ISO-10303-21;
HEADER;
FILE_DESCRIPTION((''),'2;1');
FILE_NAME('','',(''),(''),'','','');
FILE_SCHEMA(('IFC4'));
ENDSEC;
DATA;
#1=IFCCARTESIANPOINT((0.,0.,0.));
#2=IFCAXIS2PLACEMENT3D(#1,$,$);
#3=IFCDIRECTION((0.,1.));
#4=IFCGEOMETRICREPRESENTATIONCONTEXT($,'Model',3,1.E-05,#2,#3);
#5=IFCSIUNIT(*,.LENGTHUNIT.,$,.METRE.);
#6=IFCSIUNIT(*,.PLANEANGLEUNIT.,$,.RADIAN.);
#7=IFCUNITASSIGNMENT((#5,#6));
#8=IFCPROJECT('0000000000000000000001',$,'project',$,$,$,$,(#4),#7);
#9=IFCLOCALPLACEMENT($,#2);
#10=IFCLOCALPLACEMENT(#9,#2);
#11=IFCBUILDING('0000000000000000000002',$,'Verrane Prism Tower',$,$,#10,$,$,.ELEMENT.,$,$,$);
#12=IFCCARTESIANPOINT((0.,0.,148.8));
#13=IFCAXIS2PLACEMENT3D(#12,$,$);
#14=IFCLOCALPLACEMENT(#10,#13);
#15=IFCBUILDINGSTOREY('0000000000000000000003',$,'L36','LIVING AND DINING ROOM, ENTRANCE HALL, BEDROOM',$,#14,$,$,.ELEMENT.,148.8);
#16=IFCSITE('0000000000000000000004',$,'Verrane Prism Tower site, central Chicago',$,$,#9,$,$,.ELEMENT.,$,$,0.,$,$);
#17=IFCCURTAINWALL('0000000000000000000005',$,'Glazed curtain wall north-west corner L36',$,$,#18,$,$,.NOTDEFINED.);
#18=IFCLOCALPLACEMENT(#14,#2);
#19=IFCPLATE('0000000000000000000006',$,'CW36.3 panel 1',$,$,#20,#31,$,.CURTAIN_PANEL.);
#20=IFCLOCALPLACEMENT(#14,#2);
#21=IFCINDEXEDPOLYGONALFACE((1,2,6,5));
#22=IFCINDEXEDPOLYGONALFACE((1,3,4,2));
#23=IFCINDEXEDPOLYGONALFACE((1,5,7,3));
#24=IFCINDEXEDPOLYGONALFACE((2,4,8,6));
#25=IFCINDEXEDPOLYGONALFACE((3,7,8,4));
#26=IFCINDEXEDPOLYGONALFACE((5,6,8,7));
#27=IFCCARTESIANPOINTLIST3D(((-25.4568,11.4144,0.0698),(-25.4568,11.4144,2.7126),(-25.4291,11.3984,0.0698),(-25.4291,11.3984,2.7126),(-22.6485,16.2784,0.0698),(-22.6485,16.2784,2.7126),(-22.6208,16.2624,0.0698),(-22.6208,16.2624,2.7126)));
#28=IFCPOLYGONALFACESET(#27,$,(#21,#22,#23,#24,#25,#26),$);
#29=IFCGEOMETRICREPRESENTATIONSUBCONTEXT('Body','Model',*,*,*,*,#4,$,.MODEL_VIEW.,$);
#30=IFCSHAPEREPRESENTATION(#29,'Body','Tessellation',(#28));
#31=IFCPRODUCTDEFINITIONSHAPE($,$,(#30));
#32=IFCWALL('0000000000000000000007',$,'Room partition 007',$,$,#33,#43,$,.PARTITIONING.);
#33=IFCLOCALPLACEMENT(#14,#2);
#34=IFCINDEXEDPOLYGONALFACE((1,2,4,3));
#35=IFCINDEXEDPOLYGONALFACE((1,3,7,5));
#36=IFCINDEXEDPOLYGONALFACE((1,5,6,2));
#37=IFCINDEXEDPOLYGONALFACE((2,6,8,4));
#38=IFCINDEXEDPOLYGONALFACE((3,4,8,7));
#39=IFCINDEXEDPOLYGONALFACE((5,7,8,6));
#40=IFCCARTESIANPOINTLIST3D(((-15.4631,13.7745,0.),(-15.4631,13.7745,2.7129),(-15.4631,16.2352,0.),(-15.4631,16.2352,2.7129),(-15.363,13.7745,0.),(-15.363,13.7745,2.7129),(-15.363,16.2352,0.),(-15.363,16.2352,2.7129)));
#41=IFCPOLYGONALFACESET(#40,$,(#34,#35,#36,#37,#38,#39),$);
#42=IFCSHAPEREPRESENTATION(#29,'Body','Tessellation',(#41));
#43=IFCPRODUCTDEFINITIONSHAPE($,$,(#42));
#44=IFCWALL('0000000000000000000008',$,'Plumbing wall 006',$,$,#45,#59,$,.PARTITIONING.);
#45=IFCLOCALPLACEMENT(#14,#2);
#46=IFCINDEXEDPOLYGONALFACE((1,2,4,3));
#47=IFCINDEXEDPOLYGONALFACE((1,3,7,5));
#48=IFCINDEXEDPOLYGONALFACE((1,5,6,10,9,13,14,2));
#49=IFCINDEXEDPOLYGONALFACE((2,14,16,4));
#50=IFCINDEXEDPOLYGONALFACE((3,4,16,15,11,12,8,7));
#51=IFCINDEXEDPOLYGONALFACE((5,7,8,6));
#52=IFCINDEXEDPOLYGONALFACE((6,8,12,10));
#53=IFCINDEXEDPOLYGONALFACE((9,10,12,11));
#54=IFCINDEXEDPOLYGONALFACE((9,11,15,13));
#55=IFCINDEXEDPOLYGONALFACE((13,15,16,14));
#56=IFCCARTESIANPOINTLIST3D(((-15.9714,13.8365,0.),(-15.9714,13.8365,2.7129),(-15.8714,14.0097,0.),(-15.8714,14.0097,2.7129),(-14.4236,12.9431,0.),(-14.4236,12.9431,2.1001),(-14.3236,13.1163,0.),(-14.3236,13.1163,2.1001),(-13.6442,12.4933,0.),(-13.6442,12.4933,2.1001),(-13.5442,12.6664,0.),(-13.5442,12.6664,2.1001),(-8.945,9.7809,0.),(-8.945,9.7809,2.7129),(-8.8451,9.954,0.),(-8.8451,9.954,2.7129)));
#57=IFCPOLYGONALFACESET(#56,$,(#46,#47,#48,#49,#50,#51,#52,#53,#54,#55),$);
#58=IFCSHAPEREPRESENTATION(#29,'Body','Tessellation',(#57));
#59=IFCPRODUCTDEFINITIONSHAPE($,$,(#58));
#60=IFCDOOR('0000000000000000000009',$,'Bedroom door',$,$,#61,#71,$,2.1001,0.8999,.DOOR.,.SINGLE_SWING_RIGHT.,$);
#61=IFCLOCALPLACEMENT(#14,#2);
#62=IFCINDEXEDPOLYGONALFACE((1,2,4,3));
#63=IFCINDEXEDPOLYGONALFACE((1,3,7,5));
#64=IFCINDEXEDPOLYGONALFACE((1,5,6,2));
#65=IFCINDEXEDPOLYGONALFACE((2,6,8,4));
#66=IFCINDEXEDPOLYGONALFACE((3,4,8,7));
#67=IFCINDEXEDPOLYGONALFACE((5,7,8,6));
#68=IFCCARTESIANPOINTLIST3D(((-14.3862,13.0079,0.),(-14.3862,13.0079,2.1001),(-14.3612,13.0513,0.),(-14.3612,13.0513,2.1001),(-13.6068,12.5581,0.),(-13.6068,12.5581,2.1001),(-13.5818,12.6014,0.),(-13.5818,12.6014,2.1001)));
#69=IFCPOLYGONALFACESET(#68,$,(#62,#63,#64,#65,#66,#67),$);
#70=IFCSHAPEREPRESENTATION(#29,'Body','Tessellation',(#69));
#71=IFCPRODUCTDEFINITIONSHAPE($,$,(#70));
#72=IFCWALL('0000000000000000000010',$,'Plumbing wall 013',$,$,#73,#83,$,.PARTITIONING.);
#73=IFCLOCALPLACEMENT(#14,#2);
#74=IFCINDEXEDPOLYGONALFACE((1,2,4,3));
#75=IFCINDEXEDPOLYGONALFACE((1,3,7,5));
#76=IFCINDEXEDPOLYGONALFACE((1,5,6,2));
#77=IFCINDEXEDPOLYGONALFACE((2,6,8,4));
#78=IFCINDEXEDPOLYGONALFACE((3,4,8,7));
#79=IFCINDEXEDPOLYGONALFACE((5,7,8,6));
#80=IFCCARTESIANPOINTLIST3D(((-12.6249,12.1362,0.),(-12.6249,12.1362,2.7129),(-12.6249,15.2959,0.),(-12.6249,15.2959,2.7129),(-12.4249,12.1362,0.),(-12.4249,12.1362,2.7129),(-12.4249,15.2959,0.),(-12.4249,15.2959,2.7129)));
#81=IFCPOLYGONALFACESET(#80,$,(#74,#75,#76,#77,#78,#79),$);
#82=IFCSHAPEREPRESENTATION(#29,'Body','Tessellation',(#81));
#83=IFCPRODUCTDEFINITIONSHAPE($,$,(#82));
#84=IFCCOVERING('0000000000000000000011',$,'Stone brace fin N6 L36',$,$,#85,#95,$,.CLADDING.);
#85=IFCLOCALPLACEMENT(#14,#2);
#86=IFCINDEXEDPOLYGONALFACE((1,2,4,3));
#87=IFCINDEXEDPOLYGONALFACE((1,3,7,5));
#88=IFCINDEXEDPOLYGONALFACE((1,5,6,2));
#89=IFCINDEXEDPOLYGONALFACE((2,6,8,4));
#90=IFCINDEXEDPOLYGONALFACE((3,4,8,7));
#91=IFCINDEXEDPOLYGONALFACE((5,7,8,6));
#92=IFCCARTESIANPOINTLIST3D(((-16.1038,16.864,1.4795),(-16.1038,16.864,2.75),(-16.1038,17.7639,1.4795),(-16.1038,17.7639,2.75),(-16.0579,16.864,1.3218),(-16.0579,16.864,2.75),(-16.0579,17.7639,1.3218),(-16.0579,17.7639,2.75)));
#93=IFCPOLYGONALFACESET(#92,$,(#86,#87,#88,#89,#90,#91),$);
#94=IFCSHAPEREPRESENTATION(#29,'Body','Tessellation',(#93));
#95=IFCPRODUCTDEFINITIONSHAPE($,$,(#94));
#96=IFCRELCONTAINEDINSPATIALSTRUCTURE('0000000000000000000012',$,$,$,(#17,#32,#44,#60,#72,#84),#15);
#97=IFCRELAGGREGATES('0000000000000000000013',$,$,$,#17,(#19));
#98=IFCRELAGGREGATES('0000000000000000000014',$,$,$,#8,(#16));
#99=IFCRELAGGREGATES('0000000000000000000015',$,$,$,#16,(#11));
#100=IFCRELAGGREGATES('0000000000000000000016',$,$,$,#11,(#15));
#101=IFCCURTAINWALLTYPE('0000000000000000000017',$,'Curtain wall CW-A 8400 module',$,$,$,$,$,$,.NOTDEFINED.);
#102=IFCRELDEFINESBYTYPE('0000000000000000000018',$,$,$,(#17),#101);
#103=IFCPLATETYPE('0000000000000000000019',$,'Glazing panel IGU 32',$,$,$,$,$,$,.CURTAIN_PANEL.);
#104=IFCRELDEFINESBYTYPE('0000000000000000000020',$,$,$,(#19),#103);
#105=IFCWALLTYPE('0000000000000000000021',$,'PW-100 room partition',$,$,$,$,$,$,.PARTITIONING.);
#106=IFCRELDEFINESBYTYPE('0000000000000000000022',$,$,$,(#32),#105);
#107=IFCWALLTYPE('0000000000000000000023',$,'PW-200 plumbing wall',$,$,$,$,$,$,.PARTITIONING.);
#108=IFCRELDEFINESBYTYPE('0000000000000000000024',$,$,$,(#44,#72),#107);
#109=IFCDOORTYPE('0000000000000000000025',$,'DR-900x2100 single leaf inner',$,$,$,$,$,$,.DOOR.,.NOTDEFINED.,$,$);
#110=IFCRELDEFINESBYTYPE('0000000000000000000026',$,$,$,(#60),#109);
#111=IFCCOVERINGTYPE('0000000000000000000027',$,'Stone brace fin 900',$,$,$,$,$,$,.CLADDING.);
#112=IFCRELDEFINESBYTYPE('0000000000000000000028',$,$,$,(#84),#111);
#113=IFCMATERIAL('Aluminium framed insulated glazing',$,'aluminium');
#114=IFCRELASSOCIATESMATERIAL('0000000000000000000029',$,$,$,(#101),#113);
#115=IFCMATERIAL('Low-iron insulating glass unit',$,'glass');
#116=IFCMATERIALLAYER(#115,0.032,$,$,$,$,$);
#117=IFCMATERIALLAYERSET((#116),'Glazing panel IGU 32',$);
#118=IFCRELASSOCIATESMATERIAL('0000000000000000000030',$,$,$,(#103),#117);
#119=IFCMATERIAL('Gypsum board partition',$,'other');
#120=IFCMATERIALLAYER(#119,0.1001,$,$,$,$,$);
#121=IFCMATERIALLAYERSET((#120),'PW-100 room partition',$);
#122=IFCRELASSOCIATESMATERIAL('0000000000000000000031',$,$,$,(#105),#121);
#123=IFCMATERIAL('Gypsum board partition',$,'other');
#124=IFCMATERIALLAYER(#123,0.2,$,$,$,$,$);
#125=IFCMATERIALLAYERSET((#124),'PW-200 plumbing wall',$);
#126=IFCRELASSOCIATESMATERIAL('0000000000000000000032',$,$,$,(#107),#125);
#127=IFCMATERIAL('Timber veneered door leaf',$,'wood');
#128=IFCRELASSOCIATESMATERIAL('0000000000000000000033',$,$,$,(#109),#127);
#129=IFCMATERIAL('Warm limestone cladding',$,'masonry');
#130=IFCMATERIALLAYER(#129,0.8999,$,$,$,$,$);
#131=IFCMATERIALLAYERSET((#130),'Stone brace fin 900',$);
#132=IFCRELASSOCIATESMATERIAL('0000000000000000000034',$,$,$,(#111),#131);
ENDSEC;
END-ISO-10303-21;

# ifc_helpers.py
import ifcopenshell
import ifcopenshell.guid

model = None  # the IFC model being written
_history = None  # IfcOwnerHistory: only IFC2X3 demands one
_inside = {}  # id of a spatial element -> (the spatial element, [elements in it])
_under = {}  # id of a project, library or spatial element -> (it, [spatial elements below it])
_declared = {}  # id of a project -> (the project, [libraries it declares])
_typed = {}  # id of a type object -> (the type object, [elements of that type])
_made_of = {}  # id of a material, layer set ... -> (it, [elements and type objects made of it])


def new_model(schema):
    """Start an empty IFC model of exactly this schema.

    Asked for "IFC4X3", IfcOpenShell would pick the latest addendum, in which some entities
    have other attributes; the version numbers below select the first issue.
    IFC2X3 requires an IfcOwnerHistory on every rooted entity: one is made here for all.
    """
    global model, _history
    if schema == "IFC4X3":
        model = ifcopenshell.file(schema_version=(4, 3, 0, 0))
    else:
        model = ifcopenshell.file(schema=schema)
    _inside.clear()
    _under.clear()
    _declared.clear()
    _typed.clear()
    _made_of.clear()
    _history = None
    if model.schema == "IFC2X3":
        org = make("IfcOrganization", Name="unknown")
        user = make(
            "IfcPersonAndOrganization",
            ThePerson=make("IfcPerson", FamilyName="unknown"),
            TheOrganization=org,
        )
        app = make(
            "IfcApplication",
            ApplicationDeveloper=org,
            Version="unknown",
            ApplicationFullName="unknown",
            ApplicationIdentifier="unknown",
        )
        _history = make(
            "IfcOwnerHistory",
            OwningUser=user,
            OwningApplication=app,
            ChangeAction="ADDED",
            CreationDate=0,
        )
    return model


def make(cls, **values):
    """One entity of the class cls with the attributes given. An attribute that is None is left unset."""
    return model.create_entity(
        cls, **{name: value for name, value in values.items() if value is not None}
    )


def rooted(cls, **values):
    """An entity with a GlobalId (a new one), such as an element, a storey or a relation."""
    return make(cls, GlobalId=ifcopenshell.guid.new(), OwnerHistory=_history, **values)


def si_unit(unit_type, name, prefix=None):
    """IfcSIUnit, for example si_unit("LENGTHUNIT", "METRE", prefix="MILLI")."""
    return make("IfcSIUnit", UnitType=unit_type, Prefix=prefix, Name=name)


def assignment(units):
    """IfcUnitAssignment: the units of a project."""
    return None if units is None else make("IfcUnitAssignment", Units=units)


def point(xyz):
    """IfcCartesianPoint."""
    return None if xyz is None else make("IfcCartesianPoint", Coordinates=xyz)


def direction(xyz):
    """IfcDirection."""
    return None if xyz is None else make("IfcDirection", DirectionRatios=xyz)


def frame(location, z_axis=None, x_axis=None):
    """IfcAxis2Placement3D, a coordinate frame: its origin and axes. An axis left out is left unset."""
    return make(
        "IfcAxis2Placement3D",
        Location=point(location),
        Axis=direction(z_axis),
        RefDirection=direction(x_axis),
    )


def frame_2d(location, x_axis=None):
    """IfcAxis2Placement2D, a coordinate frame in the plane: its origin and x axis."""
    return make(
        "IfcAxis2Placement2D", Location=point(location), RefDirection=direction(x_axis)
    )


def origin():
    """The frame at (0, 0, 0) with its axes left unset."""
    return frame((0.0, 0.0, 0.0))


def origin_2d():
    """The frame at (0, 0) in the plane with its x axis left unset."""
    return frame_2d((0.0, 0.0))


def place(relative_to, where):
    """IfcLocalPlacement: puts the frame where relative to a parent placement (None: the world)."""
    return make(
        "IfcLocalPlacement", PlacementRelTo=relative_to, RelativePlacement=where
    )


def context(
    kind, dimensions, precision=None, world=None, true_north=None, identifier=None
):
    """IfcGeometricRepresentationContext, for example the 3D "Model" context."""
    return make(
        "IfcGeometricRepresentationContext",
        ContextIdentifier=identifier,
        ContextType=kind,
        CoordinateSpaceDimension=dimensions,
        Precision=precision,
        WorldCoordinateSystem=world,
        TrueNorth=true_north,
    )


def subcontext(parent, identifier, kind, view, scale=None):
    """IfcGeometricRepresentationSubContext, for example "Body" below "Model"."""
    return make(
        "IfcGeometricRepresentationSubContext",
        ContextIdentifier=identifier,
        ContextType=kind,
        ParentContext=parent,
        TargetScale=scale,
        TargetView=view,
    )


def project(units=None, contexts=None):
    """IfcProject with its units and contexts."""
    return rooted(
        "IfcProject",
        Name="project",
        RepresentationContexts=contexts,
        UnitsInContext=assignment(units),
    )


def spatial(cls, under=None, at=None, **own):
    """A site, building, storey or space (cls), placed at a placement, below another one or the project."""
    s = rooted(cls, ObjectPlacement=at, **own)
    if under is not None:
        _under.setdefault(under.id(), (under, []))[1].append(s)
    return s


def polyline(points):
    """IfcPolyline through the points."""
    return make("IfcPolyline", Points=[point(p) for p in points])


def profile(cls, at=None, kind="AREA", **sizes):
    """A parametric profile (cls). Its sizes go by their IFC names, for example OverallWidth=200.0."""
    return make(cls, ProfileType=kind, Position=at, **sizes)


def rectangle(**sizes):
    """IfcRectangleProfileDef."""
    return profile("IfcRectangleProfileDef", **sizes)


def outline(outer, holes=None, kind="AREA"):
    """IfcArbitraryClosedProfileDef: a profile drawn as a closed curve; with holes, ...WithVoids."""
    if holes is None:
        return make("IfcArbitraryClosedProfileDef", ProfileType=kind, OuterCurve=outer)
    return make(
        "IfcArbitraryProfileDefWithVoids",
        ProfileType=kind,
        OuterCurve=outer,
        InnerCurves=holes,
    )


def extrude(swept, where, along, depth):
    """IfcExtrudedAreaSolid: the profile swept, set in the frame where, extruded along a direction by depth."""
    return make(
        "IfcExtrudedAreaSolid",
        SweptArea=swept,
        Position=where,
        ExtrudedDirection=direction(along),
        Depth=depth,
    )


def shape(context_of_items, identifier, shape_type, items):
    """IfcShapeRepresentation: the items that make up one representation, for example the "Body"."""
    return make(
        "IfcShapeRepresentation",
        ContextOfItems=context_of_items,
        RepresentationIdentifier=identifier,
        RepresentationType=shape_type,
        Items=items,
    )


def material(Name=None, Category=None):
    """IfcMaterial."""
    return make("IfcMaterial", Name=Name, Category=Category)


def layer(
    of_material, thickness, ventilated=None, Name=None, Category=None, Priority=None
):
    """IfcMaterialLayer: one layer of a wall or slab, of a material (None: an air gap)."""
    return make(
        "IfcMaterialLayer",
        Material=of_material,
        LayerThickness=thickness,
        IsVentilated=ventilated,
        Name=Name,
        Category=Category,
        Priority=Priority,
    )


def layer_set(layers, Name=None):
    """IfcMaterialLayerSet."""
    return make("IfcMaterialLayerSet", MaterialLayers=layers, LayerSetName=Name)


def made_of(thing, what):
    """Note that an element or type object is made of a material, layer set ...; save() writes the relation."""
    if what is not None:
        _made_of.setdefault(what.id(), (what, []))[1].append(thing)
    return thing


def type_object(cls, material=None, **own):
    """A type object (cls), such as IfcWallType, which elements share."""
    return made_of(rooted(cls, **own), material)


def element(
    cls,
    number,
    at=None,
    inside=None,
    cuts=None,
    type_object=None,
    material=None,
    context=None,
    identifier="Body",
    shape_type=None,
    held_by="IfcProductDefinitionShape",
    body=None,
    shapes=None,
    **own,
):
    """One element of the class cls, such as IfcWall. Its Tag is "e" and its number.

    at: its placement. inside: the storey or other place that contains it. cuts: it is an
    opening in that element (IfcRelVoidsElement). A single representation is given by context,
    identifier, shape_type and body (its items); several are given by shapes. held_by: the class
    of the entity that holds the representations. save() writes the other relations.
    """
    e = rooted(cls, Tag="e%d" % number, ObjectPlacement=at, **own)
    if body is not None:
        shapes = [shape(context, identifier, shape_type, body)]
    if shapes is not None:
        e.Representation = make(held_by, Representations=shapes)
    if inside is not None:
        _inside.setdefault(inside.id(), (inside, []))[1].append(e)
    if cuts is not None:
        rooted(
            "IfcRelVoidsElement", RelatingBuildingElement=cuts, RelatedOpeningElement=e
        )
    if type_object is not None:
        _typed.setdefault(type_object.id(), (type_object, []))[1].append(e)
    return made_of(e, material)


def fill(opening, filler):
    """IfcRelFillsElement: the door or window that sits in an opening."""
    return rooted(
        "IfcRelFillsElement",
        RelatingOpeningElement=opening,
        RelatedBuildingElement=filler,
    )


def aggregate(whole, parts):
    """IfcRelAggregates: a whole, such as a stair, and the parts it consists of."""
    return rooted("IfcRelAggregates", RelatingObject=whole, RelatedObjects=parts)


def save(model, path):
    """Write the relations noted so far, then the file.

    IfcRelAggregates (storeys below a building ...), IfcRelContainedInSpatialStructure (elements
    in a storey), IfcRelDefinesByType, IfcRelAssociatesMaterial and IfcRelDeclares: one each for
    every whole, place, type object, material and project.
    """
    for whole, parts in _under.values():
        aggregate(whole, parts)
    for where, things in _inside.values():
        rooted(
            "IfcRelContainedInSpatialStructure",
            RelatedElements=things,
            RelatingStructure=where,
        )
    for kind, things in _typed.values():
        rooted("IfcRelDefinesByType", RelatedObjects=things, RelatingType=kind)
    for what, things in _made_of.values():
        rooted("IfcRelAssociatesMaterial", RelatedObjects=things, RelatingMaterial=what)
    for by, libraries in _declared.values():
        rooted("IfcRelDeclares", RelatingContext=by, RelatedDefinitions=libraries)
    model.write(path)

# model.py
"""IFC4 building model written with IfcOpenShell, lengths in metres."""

from ifc_helpers import new_model, si_unit, direction, frame, frame_2d, origin, origin_2d, place, context, subcontext, project, spatial, polyline, rectangle, outline, extrude, material, layer, layer_set, type_object, element, fill, aggregate, save


model = new_model("IFC4")

# Units and contexts
model_context = context("Model", 3, precision=1e-05, world=origin(), true_north=direction((0.0, 1.0)))
body_context = subcontext(model_context, "Body", "Model", "MODEL_VIEW")
ifc_project = project(units=[si_unit("LENGTHUNIT", "METRE"), si_unit("PLANEANGLEUNIT", "RADIAN")], contexts=[model_context])

# Site, building, storey
site_placement = place(None, origin())
site = spatial("IfcSite", under=ifc_project, at=site_placement, Name="Verrane Prism Tower site, central Chicago", CompositionType="ELEMENT", RefElevation=0.0)
building_placement = place(site_placement, origin())
building = spatial("IfcBuilding", under=site, at=building_placement, Name="Verrane Prism Tower", CompositionType="ELEMENT")
storey_placement = place(building_placement, frame((0.0, 0.0, 148.8)))
storey = spatial("IfcBuildingStorey", under=building, at=storey_placement, Name="L36", Description="LIVING AND DINING ROOM, ENTRANCE HALL, BEDROOM", CompositionType="ELEMENT", Elevation=148.8)

# Curtain wall
ifc_material_1 = material(Name="Aluminium framed insulated glazing", Category="aluminium")
curtain_wall_type_1 = type_object("IfcCurtainWallType", Name="Curtain wall CW-A 8400 module", PredefinedType="NOTDEFINED", material=ifc_material_1)
curtain_wall_1_placement = place(storey_placement, origin())
curtain_wall_1 = element("IfcCurtainWall", 1, at=curtain_wall_1_placement, inside=storey, type_object=curtain_wall_type_1, Name="Glazed curtain wall north-west corner L36", PredefinedType="NOTDEFINED")

# Plate
ifc_material_2 = material(Name="Low-iron insulating glass unit", Category="glass")
ifc_layer_1 = layer(ifc_material_2, 0.032)
ifc_layer_set_1 = layer_set([ifc_layer_1], Name="Glazing panel IGU 32")
plate_type_1 = type_object("IfcPlateType", Name="Glazing panel IGU 32", PredefinedType="CURTAIN_PANEL", material=ifc_layer_set_1)
plate_1_placement = place(storey_placement, frame((-24.0388, 13.8384, 0.0698), z_axis=(0.0, 0.0, 1.0), x_axis=(-0.500003, -0.866024, 0.0)))
plate_1 = element("IfcPlate", 2, at=plate_1_placement, type_object=plate_type_1, Name="CW36.3 panel 1", PredefinedType="CURTAIN_PANEL", context=body_context, shape_type="SweptSolid", body=[
    extrude(rectangle(XDim=5.6165, YDim=0.032, at=origin_2d()), origin(), (0.0, 0.0, 1.0), 2.6428),
])
aggregate(curtain_wall_1, [plate_1])

# Wall
ifc_material_3 = material(Name="Gypsum board partition", Category="other")
ifc_layer_2 = layer(ifc_material_3, 0.1001)
ifc_layer_set_2 = layer_set([ifc_layer_2], Name="PW-100 room partition")
wall_type_1 = type_object("IfcWallType", Name="PW-100 room partition", PredefinedType="PARTITIONING", material=ifc_layer_set_2)
wall_1_placement = place(storey_placement, frame((-15.4131, 13.7744, 0.0), z_axis=(0.0, 0.0, 1.0), x_axis=(0.0, 1.0, 0.0)))
element("IfcWall", 3, at=wall_1_placement, inside=storey, type_object=wall_type_1, Name="Room partition 007", PredefinedType="PARTITIONING", context=body_context, shape_type="SweptSolid", body=[
    extrude(rectangle(XDim=2.4607, YDim=0.1001, at=frame_2d((1.2305, 0.0))), origin(), (0.0, 0.0, 1.0), 2.7129),
])

# Wall, opening, door
ifc_material_4 = material(Name="Gypsum board partition", Category="other")
ifc_layer_3 = layer(ifc_material_4, 0.2)
ifc_layer_set_3 = layer_set([ifc_layer_3], Name="PW-200 plumbing wall")
wall_type_2 = type_object("IfcWallType", Name="PW-200 plumbing wall", PredefinedType="PARTITIONING", material=ifc_layer_set_3)
wall_2_placement = place(storey_placement, frame((-15.9214, 13.9231, 0.0), z_axis=(0.0, 0.0, 1.0), x_axis=(0.866079, -0.499907, 0.0)))
wall_2 = element("IfcWall", 4, at=wall_2_placement, inside=storey, type_object=wall_type_2, Name="Plumbing wall 006", PredefinedType="PARTITIONING", context=body_context, shape_type="SweptSolid", body=[
    extrude(rectangle(XDim=8.1128, YDim=0.2, at=frame_2d((4.0564, 0.0))), origin(), (0.0, 0.0, 1.0), 2.7129),
])
opening_placement = place(wall_2_placement, frame((1.7871, 0.0, 0.0)))
opening = element("IfcOpeningElement", 5, at=opening_placement, cuts=wall_2, PredefinedType="OPENING", context=body_context, shape_type="SweptSolid", body=[
    extrude(rectangle(XDim=0.8999, YDim=2.1001, at=frame_2d((0.45, 1.05))), frame((0.0, 0.1099, 0.0), z_axis=(0.0, -1.0, 0.0), x_axis=(1.0, 0.0, 0.0)), (0.0, 0.0, 1.0), 0.22),
])
ifc_material_5 = material(Name="Timber veneered door leaf", Category="wood")
door_type = type_object("IfcDoorType", Name="DR-900x2100 single leaf inner", OperationType="NOTDEFINED", PredefinedType="DOOR", material=ifc_material_5)
door_placement = place(opening_placement, origin())
door = element("IfcDoor", 6, at=door_placement, inside=storey, type_object=door_type, Name="Bedroom door", OperationType="SINGLE_SWING_RIGHT", OverallHeight=2.1001, OverallWidth=0.8999, PredefinedType="DOOR", context=body_context, shape_type="SweptSolid", body=[
    extrude(rectangle(XDim=0.8999, YDim=2.1001, at=frame_2d((0.45, 1.05))), frame((0.0, 0.0249, 0.0), z_axis=(0.0, -1.0, 0.0), x_axis=(1.0, 0.0, 0.0)), (0.0, 0.0, 1.0), 0.05),
])
fill(opening, door)

# Wall
wall_3_placement = place(storey_placement, frame((-12.5249, 12.1362, 0.0), z_axis=(0.0, 0.0, 1.0), x_axis=(0.0, 1.0, 0.0)))
element("IfcWall", 7, at=wall_3_placement, inside=storey, type_object=wall_type_2, Name="Plumbing wall 013", PredefinedType="PARTITIONING", context=body_context, shape_type="SweptSolid", body=[
    extrude(rectangle(XDim=3.1597, YDim=0.2, at=frame_2d((1.5798, 0.0))), origin(), (0.0, 0.0, 1.0), 2.7129),
])

# Covering
ifc_material_6 = material(Name="Warm limestone cladding", Category="masonry")
ifc_layer_4 = layer(ifc_material_6, 0.8999)
ifc_layer_set_4 = layer_set([ifc_layer_4], Name="Stone brace fin 900")
covering_type = type_object("IfcCoveringType", Name="Stone brace fin 900", PredefinedType="CLADDING", material=ifc_layer_set_4)
covering_placement = place(storey_placement, frame((-16.0579, 17.314, 1.3218), z_axis=(0.0, 0.0, 1.0), x_axis=(-1.0, 0.0, 0.0)))
element("IfcCovering", 8, at=covering_placement, inside=storey, type_object=covering_type, Name="Stone brace fin N6 L36", PredefinedType="CLADDING", context=body_context, shape_type="SweptSolid", body=[
    extrude(outline(polyline([(0.0459, 1.4282), (0.0, 1.4282), (0.0, 0.0), (0.0459, 0.1577), (0.0459, 1.4282)])), frame((0.0, 0.45, 0.0), z_axis=(0.0, -1.0, 0.0), x_axis=(1.0, 0.0, 0.0)), (0.0, 0.0, 1.0), 0.8999),
])

save(model, "model.ifc")
